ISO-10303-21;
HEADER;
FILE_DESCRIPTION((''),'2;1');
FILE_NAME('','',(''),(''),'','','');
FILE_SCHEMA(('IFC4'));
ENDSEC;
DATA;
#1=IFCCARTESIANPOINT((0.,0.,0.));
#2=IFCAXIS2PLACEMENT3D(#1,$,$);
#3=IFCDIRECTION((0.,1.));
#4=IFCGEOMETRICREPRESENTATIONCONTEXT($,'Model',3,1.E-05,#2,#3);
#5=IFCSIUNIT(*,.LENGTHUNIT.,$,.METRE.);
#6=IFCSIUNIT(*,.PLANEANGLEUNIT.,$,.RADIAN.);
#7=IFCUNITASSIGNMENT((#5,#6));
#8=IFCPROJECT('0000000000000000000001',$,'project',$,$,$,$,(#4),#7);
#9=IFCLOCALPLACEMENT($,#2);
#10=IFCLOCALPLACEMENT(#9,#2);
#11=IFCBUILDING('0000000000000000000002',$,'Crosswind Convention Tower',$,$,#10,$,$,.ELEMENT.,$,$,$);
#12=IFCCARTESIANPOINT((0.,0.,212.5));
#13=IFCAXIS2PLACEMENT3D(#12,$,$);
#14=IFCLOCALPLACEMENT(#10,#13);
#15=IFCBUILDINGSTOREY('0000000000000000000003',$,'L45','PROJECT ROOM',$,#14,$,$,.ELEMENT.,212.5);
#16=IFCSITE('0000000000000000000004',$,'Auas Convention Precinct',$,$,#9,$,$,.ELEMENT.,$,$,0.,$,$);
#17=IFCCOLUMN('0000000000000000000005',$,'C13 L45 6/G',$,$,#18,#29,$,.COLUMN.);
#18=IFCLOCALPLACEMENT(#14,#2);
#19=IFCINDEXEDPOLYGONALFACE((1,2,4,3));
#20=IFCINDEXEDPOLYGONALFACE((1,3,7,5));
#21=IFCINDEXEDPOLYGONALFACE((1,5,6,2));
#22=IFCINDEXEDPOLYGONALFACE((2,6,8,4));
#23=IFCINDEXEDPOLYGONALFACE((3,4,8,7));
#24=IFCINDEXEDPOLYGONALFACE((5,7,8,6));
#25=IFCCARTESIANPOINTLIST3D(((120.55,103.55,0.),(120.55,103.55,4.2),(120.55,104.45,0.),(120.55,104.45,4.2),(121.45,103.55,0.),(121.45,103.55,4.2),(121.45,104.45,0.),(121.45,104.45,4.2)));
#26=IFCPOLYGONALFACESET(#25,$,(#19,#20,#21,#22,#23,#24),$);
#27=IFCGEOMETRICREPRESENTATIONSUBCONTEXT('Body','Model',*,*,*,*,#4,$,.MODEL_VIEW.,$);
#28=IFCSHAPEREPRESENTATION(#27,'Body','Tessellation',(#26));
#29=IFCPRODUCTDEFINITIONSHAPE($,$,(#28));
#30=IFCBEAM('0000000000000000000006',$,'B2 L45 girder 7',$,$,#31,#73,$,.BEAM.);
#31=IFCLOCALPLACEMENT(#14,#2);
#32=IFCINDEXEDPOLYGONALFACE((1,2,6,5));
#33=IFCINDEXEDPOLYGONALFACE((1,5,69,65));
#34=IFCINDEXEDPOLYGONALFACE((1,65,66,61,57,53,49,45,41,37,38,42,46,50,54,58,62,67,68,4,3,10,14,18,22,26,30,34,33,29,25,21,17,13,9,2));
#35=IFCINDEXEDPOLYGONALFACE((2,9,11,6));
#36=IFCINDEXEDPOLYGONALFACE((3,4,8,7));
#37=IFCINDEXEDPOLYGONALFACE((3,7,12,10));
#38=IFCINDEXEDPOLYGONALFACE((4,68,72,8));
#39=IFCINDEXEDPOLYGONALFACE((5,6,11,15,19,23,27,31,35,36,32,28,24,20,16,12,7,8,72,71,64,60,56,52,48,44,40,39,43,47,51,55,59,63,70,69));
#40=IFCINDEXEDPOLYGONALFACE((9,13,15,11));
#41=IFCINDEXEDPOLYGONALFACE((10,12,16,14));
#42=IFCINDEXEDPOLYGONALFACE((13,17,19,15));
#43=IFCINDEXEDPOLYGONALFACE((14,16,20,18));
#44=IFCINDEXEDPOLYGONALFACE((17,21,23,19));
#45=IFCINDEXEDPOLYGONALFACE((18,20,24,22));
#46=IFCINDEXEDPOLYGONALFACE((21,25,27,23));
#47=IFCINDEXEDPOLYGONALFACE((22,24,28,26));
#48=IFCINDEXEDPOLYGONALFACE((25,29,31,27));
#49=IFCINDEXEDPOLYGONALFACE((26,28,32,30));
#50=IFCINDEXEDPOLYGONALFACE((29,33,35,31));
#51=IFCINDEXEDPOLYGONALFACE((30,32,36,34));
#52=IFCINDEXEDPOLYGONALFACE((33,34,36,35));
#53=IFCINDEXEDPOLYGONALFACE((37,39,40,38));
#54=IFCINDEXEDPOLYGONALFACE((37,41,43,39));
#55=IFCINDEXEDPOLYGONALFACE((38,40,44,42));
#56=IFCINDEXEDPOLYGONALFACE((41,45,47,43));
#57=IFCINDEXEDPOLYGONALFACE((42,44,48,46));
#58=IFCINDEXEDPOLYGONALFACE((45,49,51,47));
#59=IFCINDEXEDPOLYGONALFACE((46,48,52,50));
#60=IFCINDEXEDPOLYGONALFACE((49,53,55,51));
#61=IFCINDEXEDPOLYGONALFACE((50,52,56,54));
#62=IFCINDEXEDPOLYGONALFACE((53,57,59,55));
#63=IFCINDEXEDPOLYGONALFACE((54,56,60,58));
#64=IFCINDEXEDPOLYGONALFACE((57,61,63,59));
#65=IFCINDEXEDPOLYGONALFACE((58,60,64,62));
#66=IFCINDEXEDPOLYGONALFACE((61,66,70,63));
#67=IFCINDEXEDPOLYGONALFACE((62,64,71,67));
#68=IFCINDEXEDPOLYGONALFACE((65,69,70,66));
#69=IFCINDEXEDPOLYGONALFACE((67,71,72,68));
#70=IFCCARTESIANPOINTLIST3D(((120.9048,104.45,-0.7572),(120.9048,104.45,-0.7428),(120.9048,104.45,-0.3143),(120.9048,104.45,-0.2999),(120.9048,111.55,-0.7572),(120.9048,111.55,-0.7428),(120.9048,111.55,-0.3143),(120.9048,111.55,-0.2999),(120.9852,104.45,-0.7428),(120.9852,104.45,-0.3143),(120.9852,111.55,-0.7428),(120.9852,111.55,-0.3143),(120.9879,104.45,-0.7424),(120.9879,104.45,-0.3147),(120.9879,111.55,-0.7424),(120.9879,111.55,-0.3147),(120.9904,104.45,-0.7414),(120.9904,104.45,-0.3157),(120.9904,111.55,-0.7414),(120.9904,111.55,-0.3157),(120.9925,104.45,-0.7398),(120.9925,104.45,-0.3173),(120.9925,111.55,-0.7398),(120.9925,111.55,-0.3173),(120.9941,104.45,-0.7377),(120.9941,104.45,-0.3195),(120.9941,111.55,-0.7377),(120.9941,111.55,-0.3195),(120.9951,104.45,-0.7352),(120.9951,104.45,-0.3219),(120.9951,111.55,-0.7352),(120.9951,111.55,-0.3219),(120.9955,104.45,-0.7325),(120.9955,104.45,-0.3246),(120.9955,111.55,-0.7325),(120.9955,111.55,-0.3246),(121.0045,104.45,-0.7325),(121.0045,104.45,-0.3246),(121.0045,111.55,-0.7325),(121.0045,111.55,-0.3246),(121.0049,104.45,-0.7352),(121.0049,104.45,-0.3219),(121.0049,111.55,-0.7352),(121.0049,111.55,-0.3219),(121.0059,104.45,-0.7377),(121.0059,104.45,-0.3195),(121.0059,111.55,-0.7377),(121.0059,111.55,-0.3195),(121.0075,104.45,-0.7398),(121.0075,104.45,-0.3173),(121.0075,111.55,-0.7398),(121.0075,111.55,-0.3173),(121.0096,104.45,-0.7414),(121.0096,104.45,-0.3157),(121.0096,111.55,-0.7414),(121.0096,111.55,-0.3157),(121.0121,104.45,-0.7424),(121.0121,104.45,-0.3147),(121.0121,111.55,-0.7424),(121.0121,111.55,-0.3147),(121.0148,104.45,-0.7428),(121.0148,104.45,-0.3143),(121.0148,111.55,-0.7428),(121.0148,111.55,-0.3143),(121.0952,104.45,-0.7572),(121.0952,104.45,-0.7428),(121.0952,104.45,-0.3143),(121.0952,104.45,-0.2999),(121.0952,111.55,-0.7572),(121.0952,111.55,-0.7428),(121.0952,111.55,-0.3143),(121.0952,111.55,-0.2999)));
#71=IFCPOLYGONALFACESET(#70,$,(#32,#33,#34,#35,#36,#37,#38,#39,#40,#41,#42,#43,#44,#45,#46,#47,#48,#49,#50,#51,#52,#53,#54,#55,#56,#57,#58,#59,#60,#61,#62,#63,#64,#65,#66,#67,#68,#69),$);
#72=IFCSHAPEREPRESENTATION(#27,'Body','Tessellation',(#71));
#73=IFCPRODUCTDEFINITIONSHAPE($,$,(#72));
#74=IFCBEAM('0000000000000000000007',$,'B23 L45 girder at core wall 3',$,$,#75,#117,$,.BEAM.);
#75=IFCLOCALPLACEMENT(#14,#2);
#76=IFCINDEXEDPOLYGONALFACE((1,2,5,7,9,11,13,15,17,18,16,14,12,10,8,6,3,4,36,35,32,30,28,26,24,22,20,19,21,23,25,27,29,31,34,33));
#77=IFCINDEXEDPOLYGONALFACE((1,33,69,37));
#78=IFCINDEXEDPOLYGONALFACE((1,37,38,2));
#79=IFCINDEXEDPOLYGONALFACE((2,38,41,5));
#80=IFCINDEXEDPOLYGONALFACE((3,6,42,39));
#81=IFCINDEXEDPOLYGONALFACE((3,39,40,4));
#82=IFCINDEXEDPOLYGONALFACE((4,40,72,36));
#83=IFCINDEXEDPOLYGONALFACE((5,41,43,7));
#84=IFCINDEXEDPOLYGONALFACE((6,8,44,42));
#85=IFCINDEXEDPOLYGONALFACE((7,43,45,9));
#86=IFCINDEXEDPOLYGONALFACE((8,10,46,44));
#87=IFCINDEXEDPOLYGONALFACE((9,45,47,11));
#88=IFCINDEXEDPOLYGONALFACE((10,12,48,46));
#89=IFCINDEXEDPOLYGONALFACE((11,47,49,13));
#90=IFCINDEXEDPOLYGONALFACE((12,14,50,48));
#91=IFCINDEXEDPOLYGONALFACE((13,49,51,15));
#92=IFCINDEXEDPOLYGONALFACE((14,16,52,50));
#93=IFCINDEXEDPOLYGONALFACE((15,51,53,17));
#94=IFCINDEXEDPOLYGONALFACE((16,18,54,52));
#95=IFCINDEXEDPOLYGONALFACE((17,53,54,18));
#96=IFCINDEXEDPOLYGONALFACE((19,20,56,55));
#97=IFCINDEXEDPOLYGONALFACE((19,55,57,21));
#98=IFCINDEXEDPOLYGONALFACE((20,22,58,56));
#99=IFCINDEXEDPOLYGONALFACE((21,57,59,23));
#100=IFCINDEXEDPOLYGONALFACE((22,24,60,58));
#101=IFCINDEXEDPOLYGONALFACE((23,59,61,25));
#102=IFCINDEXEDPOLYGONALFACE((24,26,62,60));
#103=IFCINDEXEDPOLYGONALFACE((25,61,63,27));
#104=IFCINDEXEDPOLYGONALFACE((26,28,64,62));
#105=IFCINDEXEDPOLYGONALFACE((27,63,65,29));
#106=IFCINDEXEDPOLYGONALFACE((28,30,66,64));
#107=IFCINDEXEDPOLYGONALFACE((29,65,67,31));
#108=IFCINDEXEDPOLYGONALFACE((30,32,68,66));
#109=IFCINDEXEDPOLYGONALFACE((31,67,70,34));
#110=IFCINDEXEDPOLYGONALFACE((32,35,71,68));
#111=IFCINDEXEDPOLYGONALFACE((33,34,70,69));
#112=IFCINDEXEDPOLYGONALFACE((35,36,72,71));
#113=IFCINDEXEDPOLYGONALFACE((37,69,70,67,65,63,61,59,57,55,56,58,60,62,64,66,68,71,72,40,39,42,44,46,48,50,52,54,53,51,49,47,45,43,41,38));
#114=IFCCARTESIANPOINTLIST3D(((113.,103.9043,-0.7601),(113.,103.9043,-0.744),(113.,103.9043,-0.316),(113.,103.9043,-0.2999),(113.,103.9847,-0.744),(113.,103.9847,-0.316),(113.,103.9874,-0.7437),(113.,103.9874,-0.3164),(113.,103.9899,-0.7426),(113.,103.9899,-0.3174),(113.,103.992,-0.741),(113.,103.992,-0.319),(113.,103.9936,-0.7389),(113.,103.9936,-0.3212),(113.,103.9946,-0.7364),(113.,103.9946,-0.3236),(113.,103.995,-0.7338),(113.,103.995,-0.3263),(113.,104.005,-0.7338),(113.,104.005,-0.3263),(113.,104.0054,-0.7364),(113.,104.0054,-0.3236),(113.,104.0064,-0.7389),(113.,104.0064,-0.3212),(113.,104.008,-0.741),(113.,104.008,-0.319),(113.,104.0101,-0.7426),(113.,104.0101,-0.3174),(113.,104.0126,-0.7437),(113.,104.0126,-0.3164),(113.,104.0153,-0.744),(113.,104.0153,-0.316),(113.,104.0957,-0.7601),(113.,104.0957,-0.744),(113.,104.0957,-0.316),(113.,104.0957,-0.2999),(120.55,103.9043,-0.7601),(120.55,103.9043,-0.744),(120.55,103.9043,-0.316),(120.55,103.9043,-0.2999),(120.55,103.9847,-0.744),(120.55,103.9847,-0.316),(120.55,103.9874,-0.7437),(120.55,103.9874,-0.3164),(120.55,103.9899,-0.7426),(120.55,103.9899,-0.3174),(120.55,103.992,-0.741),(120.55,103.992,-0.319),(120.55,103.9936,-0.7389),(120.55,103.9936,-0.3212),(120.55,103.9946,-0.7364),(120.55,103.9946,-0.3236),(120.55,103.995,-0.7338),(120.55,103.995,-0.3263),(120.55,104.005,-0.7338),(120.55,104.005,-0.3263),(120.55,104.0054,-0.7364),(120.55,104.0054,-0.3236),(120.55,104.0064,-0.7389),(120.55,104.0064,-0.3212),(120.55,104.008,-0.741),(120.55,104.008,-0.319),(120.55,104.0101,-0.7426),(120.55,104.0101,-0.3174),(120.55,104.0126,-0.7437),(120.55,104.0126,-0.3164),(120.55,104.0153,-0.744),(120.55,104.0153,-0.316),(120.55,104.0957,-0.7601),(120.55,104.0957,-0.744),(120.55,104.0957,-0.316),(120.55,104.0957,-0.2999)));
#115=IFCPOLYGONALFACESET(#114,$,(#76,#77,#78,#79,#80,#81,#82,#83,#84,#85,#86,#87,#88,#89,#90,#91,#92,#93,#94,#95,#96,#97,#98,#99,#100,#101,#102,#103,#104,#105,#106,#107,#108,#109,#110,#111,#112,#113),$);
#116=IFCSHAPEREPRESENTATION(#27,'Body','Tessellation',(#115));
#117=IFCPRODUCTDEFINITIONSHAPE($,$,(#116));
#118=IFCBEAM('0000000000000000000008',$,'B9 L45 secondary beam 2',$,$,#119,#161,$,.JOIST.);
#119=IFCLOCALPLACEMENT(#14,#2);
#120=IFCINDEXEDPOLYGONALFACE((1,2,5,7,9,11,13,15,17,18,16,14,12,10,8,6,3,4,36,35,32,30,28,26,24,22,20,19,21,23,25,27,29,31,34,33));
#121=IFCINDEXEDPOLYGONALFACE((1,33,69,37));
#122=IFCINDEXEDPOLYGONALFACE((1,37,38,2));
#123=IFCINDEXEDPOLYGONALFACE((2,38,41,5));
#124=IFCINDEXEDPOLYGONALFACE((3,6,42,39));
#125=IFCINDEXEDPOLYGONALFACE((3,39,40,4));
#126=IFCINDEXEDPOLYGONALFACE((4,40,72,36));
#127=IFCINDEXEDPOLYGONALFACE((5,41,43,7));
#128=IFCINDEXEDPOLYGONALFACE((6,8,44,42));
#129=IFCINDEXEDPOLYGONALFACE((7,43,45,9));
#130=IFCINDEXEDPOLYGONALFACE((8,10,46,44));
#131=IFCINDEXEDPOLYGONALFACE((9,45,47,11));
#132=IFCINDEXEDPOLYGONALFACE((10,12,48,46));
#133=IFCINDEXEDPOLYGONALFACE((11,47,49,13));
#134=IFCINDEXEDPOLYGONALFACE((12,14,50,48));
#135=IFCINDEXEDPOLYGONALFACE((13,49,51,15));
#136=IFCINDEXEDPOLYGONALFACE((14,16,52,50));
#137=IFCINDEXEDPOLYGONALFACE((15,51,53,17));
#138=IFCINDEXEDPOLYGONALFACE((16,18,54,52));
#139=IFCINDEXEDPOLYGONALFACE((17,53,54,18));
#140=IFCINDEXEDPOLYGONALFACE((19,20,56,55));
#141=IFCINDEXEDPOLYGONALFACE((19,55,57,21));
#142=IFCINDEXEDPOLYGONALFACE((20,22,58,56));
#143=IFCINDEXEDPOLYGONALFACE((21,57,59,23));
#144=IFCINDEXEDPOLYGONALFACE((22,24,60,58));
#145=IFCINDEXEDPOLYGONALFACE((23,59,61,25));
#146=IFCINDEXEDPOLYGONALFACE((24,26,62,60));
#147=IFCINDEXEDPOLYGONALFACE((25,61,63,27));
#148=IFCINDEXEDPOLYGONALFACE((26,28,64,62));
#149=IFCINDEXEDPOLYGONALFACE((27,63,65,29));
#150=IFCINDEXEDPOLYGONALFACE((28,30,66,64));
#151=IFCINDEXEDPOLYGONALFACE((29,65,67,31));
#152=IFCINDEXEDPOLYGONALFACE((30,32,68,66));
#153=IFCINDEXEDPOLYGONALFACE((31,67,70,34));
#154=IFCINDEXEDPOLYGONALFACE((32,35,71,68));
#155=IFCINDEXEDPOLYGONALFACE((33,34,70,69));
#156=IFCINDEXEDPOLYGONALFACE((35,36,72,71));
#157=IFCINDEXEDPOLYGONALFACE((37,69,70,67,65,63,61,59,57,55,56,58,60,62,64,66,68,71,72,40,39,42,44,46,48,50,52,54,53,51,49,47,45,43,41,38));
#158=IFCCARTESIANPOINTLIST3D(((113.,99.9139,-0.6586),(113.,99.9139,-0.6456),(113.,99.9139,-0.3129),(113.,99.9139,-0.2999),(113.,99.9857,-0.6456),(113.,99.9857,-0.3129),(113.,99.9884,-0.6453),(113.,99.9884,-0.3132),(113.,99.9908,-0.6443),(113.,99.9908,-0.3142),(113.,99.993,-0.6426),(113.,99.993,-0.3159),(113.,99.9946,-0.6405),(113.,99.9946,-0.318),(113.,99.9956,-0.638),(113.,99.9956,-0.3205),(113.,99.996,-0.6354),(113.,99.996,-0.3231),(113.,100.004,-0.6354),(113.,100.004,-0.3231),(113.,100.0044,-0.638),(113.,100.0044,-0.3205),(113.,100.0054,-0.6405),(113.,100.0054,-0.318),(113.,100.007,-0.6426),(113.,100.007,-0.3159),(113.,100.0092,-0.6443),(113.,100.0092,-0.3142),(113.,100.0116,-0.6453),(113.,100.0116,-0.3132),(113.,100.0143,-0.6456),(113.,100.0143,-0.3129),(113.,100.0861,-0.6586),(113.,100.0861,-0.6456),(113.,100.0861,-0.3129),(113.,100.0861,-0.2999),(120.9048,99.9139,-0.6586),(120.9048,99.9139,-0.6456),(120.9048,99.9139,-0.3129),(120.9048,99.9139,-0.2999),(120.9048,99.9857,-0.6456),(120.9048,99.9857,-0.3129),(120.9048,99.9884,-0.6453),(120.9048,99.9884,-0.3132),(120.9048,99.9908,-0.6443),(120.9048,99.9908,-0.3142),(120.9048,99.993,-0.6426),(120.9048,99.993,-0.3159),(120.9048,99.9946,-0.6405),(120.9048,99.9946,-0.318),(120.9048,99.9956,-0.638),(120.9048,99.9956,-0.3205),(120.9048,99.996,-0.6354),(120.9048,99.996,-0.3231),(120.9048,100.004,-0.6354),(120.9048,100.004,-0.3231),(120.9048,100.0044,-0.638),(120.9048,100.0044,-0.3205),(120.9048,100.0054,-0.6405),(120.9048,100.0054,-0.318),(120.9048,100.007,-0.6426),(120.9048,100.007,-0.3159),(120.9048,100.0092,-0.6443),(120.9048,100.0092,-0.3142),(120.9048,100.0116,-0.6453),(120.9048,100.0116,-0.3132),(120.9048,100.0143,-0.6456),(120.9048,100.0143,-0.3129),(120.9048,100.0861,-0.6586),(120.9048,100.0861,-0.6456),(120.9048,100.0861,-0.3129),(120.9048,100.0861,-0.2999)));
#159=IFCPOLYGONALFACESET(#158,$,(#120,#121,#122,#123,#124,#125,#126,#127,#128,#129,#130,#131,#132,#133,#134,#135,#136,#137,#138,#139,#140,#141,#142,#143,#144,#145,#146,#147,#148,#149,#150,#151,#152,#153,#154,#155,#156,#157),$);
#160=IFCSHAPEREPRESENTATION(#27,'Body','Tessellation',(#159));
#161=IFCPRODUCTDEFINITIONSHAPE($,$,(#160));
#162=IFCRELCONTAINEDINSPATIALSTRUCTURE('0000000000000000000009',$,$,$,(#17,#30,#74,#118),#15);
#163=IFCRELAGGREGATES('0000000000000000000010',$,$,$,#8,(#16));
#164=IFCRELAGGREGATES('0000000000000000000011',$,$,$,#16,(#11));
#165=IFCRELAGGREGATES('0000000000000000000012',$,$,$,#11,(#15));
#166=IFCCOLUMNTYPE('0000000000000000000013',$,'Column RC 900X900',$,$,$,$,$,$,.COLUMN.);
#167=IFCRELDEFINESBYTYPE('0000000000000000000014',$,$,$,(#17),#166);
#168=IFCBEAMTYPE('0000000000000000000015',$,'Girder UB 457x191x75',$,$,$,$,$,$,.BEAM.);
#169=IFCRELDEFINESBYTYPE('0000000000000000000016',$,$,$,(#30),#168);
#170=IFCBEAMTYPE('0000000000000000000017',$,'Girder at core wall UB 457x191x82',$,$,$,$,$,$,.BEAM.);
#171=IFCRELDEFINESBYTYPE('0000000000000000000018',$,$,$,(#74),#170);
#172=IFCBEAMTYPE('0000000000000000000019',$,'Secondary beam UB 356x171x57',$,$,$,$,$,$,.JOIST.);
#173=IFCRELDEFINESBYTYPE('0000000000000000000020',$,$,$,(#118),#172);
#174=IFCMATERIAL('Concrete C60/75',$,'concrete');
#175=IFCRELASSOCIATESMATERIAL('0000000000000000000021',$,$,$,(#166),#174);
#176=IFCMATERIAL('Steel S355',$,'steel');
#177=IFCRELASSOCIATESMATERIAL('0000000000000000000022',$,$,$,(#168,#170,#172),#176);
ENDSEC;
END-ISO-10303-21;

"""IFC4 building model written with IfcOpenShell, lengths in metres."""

from ifc_helpers import new_model, si_unit, direction, frame, origin, origin_2d, place, context, subcontext, project, spatial, rectangle, i_section, extrude, material, material_profile, profile_set, type_object, element, save


model = new_model("IFC4")

# Units and contexts
model_context = context("Model", 3, precision=1e-05, world=origin(), true_north=direction((0.0, 1.0)))
body_context = subcontext(model_context, "Body", "Model", "MODEL_VIEW")
ifc_project = project(units=[si_unit("LENGTHUNIT", "METRE"), si_unit("PLANEANGLEUNIT", "RADIAN")], contexts=[model_context])

# Site, building, storey
site_placement = place(None, origin())
site = spatial("IfcSite", under=ifc_project, at=site_placement, Name="Auas Convention Precinct", CompositionType="ELEMENT", RefElevation=0.0)
building_placement = place(site_placement, origin())
building = spatial("IfcBuilding", under=site, at=building_placement, Name="Crosswind Convention Tower", CompositionType="ELEMENT")
storey_placement = place(building_placement, frame((0.0, 0.0, 212.5)))
storey = spatial("IfcBuildingStorey", under=building, at=storey_placement, Name="L45", Description="PROJECT ROOM", CompositionType="ELEMENT", Elevation=212.5)

# Column
ifc_material_1 = material(Name="Concrete C60/75", Category="concrete")
ifc_material_profile_1 = material_profile(ifc_material_1, rectangle(XDim=0.8999, YDim=0.8999, at=origin_2d()), Name="RC 900X900")
ifc_profile_set_1 = profile_set([ifc_material_profile_1], Name="Concrete C60/75")
column_type = type_object("IfcColumnType", Name="Column RC 900X900", PredefinedType="COLUMN", material=ifc_profile_set_1)
column_placement = place(storey_placement, frame((121.0, 104.0, 0.0), z_axis=(0.0, 0.0, 1.0), x_axis=(1.0, 0.0, 0.0)))
element("IfcColumn", 1, at=column_placement, inside=storey, type_object=column_type, Name="C13 L45 6/G", PredefinedType="COLUMN", context=body_context, shape_type="SweptSolid", body=[
    extrude(rectangle(XDim=0.8999, YDim=0.8999, at=origin_2d()), origin(), (0.0, 0.0, 1.0), 4.2),
])

# Beams
ifc_material_2 = material(Name="Steel S355", Category="steel")
ifc_material_profile_2 = material_profile(ifc_material_2, i_section(OverallWidth=0.1904, OverallDepth=0.4573, WebThickness=0.009, FlangeThickness=0.0144, FilletRadius=0.0103, at=origin_2d()), Name="UB 457x191x75")
ifc_profile_set_2 = profile_set([ifc_material_profile_2], Name="Steel S355")
beam_type_1 = type_object("IfcBeamType", Name="Girder UB 457x191x75", PredefinedType="BEAM", material=ifc_profile_set_2)
beam_1_placement = place(storey_placement, frame((121.0, 104.45, -0.5286), z_axis=(0.0, 1.0, 0.0), x_axis=(-1.0, 0.0, 0.0)))
element("IfcBeam", 2, at=beam_1_placement, inside=storey, type_object=beam_type_1, Name="B2 L45 girder 7", PredefinedType="BEAM", context=body_context, shape_type="SweptSolid", body=[
    extrude(i_section(OverallWidth=0.1904, OverallDepth=0.4573, WebThickness=0.009, FlangeThickness=0.0144, FilletRadius=0.0103, at=origin_2d()), origin(), (0.0, 0.0, 1.0), 7.1001),
])
ifc_material_profile_3 = material_profile(ifc_material_2, i_section(OverallWidth=0.1914, OverallDepth=0.4602, WebThickness=0.01, FlangeThickness=0.0161, FilletRadius=0.0103, at=origin_2d()), Name="UB 457x191x82")
ifc_profile_set_3 = profile_set([ifc_material_profile_3], Name="Steel S355")
beam_type_2 = type_object("IfcBeamType", Name="Girder at core wall UB 457x191x82", PredefinedType="BEAM", material=ifc_profile_set_3)
beam_2_placement = place(storey_placement, frame((113.0, 104.0, -0.53), z_axis=(1.0, 0.0, 0.0), x_axis=(0.0, 1.0, 0.0)))
element("IfcBeam", 3, at=beam_2_placement, inside=storey, type_object=beam_type_2, Name="B23 L45 girder at core wall 3", PredefinedType="BEAM", context=body_context, shape_type="SweptSolid", body=[
    extrude(i_section(OverallWidth=0.1914, OverallDepth=0.4602, WebThickness=0.01, FlangeThickness=0.0161, FilletRadius=0.0103, at=origin_2d()), origin(), (0.0, 0.0, 1.0), 7.55),
])
ifc_material_profile_4 = material_profile(ifc_material_2, i_section(OverallWidth=0.1721, OverallDepth=0.3586, WebThickness=0.0081, FlangeThickness=0.0129, FilletRadius=0.0103, at=origin_2d()), Name="UB 356x171x57")
ifc_profile_set_4 = profile_set([ifc_material_profile_4], Name="Steel S355")
beam_type_3 = type_object("IfcBeamType", Name="Secondary beam UB 356x171x57", PredefinedType="JOIST", material=ifc_profile_set_4)
for number, where, z_axis, x_axis, name in (
    (4, (113.0, 100.0, -0.4792), (1.0, 0.0, 0.0), (0.0, 1.0, 0.0), "B9 L45 secondary beam 2"),
):
    element("IfcBeam", number, at=place(storey_placement, frame(where, z_axis=z_axis, x_axis=x_axis)), inside=storey, type_object=beam_type_3, Name=name, PredefinedType="JOIST", context=body_context, shape_type="SweptSolid", body=[
        extrude(i_section(OverallWidth=0.1721, OverallDepth=0.3586, WebThickness=0.0081, FlangeThickness=0.0129, FilletRadius=0.0103, at=origin_2d()), origin(), (0.0, 0.0, 1.0), 7.9048),
    ])

save(model, "model.ifc")
